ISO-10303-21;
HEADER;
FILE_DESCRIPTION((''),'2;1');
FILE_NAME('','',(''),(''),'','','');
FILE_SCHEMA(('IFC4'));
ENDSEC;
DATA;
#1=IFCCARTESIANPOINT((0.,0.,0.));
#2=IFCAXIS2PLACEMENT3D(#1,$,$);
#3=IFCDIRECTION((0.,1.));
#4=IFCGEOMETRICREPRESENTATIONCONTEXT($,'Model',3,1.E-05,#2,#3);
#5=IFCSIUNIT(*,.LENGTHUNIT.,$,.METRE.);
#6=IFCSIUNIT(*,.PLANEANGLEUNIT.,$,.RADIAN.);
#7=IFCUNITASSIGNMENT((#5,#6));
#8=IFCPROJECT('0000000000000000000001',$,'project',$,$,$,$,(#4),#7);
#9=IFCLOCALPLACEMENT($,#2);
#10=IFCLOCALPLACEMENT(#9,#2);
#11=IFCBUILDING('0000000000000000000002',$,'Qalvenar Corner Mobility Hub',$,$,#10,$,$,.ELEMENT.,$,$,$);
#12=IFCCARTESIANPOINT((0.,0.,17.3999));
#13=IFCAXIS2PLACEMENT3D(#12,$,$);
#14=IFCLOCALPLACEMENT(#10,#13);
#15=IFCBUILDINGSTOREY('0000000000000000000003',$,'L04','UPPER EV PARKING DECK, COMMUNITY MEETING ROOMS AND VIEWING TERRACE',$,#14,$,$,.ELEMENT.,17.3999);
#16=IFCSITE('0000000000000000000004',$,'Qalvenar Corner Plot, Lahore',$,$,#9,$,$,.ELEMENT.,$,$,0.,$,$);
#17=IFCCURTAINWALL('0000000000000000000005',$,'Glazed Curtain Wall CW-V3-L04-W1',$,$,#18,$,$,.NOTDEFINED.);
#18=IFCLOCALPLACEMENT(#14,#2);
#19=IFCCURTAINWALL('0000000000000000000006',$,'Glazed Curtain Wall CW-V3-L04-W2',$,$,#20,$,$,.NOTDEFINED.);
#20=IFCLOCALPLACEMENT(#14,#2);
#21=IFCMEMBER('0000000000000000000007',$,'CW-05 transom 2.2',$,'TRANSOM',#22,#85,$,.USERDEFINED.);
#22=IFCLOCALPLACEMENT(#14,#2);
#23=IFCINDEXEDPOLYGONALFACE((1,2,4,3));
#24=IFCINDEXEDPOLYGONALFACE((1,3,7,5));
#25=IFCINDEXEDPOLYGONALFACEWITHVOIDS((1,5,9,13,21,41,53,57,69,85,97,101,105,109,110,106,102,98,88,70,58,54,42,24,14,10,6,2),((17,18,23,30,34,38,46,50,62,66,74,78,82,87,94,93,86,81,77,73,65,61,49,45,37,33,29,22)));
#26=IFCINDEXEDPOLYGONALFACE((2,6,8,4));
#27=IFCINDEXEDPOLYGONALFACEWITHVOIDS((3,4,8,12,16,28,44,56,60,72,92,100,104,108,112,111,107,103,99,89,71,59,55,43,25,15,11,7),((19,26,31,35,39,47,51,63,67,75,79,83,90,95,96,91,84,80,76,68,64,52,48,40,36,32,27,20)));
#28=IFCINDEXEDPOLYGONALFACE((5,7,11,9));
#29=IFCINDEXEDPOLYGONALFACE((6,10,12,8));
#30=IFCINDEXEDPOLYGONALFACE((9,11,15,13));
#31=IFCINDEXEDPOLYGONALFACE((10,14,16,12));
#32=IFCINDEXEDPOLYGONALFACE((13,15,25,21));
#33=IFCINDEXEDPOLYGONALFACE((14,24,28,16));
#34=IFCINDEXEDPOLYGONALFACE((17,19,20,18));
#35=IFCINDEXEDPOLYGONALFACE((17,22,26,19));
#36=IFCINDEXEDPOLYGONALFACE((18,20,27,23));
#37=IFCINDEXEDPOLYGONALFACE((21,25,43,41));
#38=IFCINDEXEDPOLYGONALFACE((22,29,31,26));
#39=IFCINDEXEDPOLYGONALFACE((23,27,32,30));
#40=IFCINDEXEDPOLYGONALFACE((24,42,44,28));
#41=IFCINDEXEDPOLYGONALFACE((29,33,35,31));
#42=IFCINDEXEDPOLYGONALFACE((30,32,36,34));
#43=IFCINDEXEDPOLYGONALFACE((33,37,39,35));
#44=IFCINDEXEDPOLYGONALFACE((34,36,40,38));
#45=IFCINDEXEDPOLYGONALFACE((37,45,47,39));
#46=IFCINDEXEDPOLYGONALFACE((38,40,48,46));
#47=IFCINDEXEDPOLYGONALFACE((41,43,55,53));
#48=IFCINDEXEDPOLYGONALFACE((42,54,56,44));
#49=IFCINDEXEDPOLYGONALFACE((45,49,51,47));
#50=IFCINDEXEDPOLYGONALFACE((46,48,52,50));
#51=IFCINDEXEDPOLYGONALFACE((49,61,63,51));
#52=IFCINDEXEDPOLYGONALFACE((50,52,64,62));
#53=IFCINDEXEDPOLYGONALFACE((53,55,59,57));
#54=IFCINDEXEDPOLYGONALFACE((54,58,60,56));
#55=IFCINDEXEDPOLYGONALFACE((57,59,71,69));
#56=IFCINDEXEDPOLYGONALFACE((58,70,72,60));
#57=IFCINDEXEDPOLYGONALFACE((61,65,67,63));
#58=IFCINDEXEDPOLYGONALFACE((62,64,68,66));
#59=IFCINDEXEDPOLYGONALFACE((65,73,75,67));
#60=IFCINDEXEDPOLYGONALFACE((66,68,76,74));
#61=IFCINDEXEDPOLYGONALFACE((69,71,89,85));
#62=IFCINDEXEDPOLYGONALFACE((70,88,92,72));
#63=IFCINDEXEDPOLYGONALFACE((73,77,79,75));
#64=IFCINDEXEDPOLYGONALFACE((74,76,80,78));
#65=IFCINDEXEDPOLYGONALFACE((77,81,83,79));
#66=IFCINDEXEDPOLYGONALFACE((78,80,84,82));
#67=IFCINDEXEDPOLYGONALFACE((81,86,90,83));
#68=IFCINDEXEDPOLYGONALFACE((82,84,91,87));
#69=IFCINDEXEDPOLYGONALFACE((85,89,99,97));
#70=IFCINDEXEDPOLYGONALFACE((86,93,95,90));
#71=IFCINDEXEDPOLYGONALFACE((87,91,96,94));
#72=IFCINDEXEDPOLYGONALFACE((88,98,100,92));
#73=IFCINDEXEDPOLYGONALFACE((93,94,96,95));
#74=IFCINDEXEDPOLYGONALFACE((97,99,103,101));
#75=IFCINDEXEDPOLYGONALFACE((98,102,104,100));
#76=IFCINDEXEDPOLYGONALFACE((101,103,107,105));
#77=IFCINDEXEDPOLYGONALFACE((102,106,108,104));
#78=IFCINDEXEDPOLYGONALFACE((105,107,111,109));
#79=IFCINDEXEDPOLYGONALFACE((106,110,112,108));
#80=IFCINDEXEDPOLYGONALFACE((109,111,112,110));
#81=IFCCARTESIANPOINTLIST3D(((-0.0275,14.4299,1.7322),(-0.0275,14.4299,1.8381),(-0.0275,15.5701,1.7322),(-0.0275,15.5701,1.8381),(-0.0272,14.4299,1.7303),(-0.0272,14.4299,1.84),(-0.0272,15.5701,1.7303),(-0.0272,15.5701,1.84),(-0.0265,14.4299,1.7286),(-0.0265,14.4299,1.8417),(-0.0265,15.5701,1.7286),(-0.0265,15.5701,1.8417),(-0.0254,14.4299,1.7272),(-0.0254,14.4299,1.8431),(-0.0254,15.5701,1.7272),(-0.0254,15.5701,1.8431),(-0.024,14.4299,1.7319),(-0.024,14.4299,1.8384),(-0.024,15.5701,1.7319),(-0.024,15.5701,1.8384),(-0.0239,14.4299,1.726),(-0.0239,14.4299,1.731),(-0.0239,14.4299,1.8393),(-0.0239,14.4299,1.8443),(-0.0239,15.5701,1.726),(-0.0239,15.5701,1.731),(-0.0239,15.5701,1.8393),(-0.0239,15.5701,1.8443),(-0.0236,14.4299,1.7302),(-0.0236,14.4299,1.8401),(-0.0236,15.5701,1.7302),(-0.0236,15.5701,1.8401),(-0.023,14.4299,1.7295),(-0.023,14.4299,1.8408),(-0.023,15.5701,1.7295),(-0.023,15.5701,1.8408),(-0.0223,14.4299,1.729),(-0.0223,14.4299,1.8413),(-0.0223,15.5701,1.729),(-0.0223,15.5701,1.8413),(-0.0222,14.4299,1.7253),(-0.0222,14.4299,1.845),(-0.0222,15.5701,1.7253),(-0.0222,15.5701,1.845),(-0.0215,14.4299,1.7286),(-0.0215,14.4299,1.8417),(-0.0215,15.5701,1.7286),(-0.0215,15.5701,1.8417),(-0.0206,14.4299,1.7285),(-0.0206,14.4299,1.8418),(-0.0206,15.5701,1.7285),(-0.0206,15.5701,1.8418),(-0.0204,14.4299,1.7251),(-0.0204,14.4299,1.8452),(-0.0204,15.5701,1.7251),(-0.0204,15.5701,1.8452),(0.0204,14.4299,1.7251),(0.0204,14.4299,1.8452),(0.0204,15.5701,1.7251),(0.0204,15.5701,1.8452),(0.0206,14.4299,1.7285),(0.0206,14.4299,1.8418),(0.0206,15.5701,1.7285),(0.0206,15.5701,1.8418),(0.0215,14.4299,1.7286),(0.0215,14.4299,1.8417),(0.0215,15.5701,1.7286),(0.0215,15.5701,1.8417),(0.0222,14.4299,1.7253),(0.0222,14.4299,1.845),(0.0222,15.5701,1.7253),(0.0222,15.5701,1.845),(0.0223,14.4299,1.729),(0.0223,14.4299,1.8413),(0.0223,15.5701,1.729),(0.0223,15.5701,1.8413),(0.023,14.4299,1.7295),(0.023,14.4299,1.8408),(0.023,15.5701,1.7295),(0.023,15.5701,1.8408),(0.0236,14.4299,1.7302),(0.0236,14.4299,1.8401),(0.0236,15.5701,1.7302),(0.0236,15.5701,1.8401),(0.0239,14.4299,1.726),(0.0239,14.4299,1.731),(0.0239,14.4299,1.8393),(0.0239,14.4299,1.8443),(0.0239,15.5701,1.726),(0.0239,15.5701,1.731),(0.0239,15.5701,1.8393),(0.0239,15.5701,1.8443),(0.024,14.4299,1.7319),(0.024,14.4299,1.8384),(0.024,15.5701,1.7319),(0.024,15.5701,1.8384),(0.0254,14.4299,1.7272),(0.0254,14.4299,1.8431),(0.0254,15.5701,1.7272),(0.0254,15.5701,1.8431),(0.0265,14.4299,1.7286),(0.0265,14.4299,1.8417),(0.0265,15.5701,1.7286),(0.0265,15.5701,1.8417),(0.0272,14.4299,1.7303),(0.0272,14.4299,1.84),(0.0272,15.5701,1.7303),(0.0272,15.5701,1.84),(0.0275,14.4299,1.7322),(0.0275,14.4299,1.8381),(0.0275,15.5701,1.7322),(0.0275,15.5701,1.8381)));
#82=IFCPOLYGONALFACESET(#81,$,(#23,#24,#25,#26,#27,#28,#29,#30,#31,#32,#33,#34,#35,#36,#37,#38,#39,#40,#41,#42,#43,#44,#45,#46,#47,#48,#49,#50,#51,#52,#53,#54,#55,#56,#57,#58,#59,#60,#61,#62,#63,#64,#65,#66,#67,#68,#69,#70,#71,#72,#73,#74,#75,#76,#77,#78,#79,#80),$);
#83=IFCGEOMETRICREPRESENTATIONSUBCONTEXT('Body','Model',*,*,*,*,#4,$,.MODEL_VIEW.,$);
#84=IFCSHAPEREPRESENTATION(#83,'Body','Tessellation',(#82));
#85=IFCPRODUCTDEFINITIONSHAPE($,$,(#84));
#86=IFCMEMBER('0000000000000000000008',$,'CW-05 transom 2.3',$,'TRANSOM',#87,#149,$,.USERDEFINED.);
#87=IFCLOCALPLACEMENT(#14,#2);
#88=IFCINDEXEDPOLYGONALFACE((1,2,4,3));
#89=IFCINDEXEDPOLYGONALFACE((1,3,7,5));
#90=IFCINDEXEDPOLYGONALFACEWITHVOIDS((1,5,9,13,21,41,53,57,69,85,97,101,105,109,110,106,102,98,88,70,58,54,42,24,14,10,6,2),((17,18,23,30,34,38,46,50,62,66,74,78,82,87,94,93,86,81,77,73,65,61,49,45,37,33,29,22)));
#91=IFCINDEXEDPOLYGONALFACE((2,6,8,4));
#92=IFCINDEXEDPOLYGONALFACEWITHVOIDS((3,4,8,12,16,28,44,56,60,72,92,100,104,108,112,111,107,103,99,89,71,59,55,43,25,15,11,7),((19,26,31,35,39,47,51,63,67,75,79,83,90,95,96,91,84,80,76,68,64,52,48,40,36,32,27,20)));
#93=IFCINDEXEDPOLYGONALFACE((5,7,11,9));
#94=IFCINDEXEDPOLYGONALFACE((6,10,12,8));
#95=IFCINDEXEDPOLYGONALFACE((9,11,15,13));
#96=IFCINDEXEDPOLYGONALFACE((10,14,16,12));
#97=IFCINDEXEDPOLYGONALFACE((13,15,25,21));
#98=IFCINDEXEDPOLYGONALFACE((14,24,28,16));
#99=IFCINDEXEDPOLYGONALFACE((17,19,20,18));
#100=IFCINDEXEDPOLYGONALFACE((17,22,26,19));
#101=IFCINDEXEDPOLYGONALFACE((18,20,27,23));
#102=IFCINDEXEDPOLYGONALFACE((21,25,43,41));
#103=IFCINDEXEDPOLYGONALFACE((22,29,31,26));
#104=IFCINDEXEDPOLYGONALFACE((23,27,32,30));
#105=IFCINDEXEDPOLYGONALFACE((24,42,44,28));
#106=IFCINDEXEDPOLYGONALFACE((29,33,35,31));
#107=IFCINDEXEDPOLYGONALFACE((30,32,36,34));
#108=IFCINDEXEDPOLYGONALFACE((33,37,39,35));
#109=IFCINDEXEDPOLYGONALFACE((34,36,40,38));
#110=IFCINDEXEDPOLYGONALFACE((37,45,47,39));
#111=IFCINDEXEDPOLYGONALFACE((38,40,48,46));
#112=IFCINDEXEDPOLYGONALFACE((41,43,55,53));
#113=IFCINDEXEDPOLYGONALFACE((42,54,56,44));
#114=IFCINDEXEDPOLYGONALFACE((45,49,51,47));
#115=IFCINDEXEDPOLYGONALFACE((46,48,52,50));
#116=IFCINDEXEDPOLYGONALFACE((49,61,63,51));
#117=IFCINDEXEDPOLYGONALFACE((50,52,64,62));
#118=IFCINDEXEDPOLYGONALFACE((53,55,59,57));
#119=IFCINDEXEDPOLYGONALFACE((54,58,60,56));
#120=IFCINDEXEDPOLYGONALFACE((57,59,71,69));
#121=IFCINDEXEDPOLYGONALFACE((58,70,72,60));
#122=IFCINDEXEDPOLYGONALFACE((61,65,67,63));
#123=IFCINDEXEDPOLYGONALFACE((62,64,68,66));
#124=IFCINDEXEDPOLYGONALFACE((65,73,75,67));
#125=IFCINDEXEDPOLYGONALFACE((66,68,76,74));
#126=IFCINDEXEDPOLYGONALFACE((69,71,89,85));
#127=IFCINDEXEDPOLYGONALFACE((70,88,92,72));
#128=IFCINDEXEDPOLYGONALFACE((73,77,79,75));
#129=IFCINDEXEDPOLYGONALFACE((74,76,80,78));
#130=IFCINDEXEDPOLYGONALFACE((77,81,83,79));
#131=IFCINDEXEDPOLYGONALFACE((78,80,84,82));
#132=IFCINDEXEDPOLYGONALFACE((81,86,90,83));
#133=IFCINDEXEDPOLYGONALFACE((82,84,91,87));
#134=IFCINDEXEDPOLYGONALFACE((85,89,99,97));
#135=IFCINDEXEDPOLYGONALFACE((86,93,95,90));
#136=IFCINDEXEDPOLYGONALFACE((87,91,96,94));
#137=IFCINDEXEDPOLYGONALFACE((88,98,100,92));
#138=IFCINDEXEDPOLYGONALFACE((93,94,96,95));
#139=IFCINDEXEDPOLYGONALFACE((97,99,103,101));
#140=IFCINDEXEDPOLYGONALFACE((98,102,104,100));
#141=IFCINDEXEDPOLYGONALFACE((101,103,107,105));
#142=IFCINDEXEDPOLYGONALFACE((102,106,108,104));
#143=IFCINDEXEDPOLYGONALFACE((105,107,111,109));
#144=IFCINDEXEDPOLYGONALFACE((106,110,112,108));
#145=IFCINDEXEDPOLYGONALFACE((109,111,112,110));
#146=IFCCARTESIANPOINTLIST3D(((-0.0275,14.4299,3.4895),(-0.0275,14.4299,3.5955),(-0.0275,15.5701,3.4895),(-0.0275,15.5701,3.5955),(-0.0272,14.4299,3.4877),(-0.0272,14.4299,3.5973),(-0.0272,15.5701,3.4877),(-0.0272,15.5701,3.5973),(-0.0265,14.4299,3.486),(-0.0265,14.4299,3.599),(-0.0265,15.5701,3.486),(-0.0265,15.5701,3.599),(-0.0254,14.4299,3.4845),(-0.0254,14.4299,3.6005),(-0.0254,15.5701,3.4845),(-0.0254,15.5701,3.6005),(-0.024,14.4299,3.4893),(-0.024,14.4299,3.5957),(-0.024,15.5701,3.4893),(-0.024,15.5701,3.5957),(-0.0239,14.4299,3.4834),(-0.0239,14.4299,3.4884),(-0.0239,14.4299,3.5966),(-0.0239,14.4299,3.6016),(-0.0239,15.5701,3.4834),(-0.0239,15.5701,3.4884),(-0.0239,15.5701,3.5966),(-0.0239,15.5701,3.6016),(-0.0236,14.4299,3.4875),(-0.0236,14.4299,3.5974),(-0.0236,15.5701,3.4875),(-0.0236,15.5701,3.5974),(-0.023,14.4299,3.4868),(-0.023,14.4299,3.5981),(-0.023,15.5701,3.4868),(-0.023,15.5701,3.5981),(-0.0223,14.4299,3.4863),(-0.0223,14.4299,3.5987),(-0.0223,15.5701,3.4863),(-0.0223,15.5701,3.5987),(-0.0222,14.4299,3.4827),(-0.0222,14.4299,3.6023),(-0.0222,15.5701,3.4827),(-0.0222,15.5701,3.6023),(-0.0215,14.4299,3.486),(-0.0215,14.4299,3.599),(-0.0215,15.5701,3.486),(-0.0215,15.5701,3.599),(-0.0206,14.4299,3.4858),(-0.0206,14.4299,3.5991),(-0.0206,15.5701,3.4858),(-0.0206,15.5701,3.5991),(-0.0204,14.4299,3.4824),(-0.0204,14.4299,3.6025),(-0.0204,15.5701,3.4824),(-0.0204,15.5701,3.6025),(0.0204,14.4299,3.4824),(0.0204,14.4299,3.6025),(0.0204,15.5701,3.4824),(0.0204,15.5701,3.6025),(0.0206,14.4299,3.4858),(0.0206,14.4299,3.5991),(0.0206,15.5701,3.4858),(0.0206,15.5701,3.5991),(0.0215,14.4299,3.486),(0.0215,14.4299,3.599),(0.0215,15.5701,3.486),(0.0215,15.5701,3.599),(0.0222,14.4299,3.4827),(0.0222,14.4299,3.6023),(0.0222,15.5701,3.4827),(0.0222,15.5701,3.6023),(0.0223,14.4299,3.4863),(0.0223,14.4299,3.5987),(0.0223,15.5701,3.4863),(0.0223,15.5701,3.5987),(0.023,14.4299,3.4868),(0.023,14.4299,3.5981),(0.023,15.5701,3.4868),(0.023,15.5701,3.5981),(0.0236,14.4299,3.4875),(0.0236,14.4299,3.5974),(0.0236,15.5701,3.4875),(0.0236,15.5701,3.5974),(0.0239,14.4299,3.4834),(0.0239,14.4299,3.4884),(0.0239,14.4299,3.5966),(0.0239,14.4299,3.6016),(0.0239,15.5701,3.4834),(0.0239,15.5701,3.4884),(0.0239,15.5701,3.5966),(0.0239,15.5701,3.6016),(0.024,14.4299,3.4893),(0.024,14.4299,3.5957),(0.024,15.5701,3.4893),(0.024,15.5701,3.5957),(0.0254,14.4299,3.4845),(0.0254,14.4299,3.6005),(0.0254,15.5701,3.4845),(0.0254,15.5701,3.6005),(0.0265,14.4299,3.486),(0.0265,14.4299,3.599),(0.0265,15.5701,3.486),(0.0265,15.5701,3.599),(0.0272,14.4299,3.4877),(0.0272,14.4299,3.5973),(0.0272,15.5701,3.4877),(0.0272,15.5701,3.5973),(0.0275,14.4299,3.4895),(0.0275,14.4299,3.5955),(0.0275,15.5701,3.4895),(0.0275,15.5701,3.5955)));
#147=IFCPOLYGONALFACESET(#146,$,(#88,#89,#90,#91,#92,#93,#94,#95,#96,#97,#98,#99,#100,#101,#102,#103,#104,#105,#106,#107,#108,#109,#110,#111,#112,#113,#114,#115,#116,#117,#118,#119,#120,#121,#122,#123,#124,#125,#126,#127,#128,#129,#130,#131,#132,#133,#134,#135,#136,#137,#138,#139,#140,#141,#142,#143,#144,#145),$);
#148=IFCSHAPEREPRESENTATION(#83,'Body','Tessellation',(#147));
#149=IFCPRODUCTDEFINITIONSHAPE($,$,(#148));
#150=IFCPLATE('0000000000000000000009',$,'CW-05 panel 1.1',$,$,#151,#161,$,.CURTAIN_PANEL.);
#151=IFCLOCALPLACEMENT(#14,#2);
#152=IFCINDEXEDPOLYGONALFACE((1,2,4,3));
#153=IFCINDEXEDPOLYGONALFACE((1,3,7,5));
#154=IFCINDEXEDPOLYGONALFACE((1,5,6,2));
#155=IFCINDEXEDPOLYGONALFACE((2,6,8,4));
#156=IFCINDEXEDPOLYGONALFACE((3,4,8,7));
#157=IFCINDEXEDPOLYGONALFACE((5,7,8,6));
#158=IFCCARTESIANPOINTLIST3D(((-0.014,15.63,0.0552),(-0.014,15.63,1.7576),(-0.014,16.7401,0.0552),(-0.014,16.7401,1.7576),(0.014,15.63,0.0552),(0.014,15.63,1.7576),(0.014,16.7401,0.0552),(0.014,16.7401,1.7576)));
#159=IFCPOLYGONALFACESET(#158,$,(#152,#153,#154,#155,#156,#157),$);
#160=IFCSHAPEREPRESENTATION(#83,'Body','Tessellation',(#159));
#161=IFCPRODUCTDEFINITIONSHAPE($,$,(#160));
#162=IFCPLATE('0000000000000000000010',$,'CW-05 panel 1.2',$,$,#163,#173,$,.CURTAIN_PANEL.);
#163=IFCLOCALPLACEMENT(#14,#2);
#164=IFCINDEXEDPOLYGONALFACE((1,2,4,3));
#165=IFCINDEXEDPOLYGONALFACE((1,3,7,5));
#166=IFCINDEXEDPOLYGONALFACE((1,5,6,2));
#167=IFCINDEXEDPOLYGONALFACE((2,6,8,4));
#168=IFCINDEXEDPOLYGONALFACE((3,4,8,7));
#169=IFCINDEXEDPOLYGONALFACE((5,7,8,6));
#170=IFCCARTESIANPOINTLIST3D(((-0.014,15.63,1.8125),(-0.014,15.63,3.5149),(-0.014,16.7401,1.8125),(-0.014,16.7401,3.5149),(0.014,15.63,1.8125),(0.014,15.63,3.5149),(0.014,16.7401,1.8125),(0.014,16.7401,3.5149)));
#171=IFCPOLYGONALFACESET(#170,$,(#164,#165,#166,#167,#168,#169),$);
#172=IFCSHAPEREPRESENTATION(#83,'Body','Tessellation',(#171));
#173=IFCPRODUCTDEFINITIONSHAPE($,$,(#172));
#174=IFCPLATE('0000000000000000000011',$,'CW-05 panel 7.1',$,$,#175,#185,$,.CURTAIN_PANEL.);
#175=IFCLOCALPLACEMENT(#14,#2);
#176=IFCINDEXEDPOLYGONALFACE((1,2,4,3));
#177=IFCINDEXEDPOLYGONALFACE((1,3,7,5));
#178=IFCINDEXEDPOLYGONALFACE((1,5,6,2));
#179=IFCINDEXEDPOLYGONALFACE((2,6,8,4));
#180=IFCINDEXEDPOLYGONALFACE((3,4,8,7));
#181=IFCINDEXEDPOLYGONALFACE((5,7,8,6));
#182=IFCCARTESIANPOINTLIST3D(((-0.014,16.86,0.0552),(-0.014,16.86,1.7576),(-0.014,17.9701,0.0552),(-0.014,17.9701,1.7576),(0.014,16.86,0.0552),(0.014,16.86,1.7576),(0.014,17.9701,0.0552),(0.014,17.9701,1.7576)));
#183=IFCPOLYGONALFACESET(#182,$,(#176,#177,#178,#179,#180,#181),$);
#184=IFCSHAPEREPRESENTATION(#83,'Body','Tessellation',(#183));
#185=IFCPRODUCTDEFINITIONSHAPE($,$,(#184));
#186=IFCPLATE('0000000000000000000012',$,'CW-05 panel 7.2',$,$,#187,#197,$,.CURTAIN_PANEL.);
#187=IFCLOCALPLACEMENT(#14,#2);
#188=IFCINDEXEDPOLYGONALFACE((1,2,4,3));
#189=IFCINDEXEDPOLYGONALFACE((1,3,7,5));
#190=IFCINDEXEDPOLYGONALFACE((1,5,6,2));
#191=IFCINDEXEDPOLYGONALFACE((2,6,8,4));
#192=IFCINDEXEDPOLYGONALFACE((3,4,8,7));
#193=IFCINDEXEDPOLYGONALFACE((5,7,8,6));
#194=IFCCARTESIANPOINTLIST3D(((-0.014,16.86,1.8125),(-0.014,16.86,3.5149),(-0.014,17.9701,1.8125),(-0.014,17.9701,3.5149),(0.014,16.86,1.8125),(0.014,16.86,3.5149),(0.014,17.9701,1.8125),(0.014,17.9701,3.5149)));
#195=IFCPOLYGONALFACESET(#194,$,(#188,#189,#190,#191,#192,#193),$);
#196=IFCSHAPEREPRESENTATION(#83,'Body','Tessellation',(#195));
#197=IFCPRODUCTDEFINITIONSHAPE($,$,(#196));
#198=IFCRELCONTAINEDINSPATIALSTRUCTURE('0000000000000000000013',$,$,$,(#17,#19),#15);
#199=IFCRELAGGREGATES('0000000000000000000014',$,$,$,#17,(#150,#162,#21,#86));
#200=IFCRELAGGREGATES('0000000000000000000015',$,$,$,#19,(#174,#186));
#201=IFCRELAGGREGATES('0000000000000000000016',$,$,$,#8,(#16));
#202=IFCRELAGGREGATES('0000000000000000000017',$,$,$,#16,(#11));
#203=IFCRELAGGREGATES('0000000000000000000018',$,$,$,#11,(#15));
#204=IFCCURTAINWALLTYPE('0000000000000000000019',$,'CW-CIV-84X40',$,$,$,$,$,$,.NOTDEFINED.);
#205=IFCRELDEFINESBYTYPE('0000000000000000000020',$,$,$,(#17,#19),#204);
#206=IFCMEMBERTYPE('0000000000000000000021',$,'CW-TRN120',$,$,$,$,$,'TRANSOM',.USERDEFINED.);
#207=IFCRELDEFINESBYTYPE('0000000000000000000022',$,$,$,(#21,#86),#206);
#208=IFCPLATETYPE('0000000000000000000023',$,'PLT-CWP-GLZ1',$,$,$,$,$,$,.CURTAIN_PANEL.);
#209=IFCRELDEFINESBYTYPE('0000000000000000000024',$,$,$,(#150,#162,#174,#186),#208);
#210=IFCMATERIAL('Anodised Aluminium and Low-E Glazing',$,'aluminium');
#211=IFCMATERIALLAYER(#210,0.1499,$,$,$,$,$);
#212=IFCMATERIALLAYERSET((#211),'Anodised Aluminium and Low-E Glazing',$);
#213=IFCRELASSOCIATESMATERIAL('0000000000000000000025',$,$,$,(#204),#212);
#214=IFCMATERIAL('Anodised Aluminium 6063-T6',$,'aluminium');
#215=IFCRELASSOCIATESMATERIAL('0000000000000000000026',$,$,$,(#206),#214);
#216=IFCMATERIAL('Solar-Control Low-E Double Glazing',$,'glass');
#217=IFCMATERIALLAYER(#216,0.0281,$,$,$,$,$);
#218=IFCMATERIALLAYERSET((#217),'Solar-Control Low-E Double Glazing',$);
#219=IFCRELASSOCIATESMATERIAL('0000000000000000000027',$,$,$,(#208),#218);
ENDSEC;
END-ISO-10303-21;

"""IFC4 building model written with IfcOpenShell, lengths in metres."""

from ifc_helpers import new_model, si_unit, direction, frame, origin, origin_2d, place, context, subcontext, project, spatial, rectangle, hollow_rectangle, extrude, material, layer, layer_set, material_profile, profile_set, type_object, element, aggregate, save


model = new_model("IFC4")

# Units and contexts
model_context = context("Model", 3, precision=1e-05, world=origin(), true_north=direction((0.0, 1.0)))
body_context = subcontext(model_context, "Body", "Model", "MODEL_VIEW")
ifc_project = project(units=[si_unit("LENGTHUNIT", "METRE"), si_unit("PLANEANGLEUNIT", "RADIAN")], contexts=[model_context])

# Site, building, storey
site_placement = place(None, origin())
site = spatial("IfcSite", under=ifc_project, at=site_placement, Name="Qalvenar Corner Plot, Lahore", CompositionType="ELEMENT", RefElevation=0.0)
building_placement = place(site_placement, origin())
building = spatial("IfcBuilding", under=site, at=building_placement, Name="Qalvenar Corner Mobility Hub", CompositionType="ELEMENT")
storey_placement = place(building_placement, frame((0.0, 0.0, 17.3999)))
storey = spatial("IfcBuildingStorey", under=building, at=storey_placement, Name="L04", Description="UPPER EV PARKING DECK, COMMUNITY MEETING ROOMS AND VIEWING TERRACE", CompositionType="ELEMENT", Elevation=17.3999)

# Curtain wall
ifc_material_1 = material(Name="Anodised Aluminium and Low-E Glazing", Category="aluminium")
ifc_layer_1 = layer(ifc_material_1, 0.1499)
ifc_layer_set_1 = layer_set([ifc_layer_1], Name="Anodised Aluminium and Low-E Glazing")
curtain_wall_type = type_object("IfcCurtainWallType", Name="CW-CIV-84X40", PredefinedType="NOTDEFINED", material=ifc_layer_set_1)
curtain_wall_1_placement = place(storey_placement, origin())
curtain_wall_1 = element("IfcCurtainWall", 1, at=curtain_wall_1_placement, inside=storey, type_object=curtain_wall_type, Name="Glazed Curtain Wall CW-V3-L04-W1", PredefinedType="NOTDEFINED")
ifc_material_2 = material(Name="Anodised Aluminium 6063-T6", Category="aluminium")

# Curtain wall
curtain_wall_2_placement = place(storey_placement, origin())
curtain_wall_2 = element("IfcCurtainWall", 2, at=curtain_wall_2_placement, inside=storey, type_object=curtain_wall_type, Name="Glazed Curtain Wall CW-V3-L04-W2", PredefinedType="NOTDEFINED")

# Members
ifc_material_profile_1 = material_profile(ifc_material_2, hollow_rectangle(XDim=0.0549, YDim=0.1201, WallThickness=0.0034, InnerFilletRadius=0.0034, OuterFilletRadius=0.0071, at=origin_2d()), Name="RHS120x55x3.5")
ifc_profile_set_1 = profile_set([ifc_material_profile_1], Name="Anodised Aluminium 6063-T6")
member_type_1 = type_object("IfcMemberType", Name="CW-TRN120", ElementType="TRANSOM", PredefinedType="USERDEFINED", material=ifc_profile_set_1)
member_1_placement = place(storey_placement, frame((0.0, 15.5701, 1.7852), z_axis=(0.0, -1.0, 0.0), x_axis=(1.0, 0.0, 0.0)))
member_1 = element("IfcMember", 3, at=member_1_placement, type_object=member_type_1, Name="CW-05 transom 2.2", ObjectType="TRANSOM", PredefinedType="USERDEFINED", context=body_context, shape_type="SweptSolid", body=[
    extrude(hollow_rectangle(XDim=0.0549, YDim=0.1201, WallThickness=0.0034, InnerFilletRadius=0.0034, OuterFilletRadius=0.0071, at=origin_2d()), origin(), (0.0, 0.0, 1.0), 1.1401),
])
member_2_placement = place(storey_placement, frame((0.0, 15.5701, 3.5425), z_axis=(0.0, -1.0, 0.0), x_axis=(1.0, 0.0, 0.0)))
member_2 = element("IfcMember", 4, at=member_2_placement, type_object=member_type_1, Name="CW-05 transom 2.3", ObjectType="TRANSOM", PredefinedType="USERDEFINED", context=body_context, shape_type="SweptSolid", body=[
    extrude(hollow_rectangle(XDim=0.0549, YDim=0.1201, WallThickness=0.0034, InnerFilletRadius=0.0034, OuterFilletRadius=0.0071, at=origin_2d()), origin(), (0.0, 0.0, 1.0), 1.1401),
])

# Plates
ifc_material_3 = material(Name="Solar-Control Low-E Double Glazing", Category="glass")
ifc_layer_2 = layer(ifc_material_3, 0.0281)
ifc_layer_set_2 = layer_set([ifc_layer_2], Name="Solar-Control Low-E Double Glazing")
plate_type = type_object("IfcPlateType", Name="PLT-CWP-GLZ1", PredefinedType="CURTAIN_PANEL", material=ifc_layer_set_2)
plate_1_placement = place(storey_placement, frame((0.0, 16.1851, 0.0552), z_axis=(0.0, 0.0, 1.0), x_axis=(0.0, -1.0, 0.0)))
plate_1 = element("IfcPlate", 5, at=plate_1_placement, type_object=plate_type, Name="CW-05 panel 1.1", PredefinedType="CURTAIN_PANEL", context=body_context, shape_type="SweptSolid", body=[
    extrude(rectangle(XDim=1.1101, YDim=0.0281, at=origin_2d()), origin(), (0.0, 0.0, 1.0), 1.7024),
])
plate_2_placement = place(storey_placement, frame((0.0, 16.1851, 1.8125), z_axis=(0.0, 0.0, 1.0), x_axis=(0.0, -1.0, 0.0)))
plate_2 = element("IfcPlate", 6, at=plate_2_placement, type_object=plate_type, Name="CW-05 panel 1.2", PredefinedType="CURTAIN_PANEL", context=body_context, shape_type="SweptSolid", body=[
    extrude(rectangle(XDim=1.1101, YDim=0.0281, at=origin_2d()), origin(), (0.0, 0.0, 1.0), 1.7024),
])
aggregate(curtain_wall_1, [plate_1, plate_2, member_1, member_2])
plate_3_placement = place(storey_placement, frame((0.0, 17.415, 0.0552), z_axis=(0.0, 0.0, 1.0), x_axis=(0.0, -1.0, 0.0)))
plate_3 = element("IfcPlate", 7, at=plate_3_placement, type_object=plate_type, Name="CW-05 panel 7.1", PredefinedType="CURTAIN_PANEL", context=body_context, shape_type="SweptSolid", body=[
    extrude(rectangle(XDim=1.1101, YDim=0.0281, at=origin_2d()), origin(), (0.0, 0.0, 1.0), 1.7024),
])
plate_4_placement = place(storey_placement, frame((0.0, 17.415, 1.8125), z_axis=(0.0, 0.0, 1.0), x_axis=(0.0, -1.0, 0.0)))
plate_4 = element("IfcPlate", 8, at=plate_4_placement, type_object=plate_type, Name="CW-05 panel 7.2", PredefinedType="CURTAIN_PANEL", context=body_context, shape_type="SweptSolid", body=[
    extrude(rectangle(XDim=1.1101, YDim=0.0281, at=origin_2d()), origin(), (0.0, 0.0, 1.0), 1.7024),
])
aggregate(curtain_wall_2, [plate_3, plate_4])

save(model, "model.ifc")
